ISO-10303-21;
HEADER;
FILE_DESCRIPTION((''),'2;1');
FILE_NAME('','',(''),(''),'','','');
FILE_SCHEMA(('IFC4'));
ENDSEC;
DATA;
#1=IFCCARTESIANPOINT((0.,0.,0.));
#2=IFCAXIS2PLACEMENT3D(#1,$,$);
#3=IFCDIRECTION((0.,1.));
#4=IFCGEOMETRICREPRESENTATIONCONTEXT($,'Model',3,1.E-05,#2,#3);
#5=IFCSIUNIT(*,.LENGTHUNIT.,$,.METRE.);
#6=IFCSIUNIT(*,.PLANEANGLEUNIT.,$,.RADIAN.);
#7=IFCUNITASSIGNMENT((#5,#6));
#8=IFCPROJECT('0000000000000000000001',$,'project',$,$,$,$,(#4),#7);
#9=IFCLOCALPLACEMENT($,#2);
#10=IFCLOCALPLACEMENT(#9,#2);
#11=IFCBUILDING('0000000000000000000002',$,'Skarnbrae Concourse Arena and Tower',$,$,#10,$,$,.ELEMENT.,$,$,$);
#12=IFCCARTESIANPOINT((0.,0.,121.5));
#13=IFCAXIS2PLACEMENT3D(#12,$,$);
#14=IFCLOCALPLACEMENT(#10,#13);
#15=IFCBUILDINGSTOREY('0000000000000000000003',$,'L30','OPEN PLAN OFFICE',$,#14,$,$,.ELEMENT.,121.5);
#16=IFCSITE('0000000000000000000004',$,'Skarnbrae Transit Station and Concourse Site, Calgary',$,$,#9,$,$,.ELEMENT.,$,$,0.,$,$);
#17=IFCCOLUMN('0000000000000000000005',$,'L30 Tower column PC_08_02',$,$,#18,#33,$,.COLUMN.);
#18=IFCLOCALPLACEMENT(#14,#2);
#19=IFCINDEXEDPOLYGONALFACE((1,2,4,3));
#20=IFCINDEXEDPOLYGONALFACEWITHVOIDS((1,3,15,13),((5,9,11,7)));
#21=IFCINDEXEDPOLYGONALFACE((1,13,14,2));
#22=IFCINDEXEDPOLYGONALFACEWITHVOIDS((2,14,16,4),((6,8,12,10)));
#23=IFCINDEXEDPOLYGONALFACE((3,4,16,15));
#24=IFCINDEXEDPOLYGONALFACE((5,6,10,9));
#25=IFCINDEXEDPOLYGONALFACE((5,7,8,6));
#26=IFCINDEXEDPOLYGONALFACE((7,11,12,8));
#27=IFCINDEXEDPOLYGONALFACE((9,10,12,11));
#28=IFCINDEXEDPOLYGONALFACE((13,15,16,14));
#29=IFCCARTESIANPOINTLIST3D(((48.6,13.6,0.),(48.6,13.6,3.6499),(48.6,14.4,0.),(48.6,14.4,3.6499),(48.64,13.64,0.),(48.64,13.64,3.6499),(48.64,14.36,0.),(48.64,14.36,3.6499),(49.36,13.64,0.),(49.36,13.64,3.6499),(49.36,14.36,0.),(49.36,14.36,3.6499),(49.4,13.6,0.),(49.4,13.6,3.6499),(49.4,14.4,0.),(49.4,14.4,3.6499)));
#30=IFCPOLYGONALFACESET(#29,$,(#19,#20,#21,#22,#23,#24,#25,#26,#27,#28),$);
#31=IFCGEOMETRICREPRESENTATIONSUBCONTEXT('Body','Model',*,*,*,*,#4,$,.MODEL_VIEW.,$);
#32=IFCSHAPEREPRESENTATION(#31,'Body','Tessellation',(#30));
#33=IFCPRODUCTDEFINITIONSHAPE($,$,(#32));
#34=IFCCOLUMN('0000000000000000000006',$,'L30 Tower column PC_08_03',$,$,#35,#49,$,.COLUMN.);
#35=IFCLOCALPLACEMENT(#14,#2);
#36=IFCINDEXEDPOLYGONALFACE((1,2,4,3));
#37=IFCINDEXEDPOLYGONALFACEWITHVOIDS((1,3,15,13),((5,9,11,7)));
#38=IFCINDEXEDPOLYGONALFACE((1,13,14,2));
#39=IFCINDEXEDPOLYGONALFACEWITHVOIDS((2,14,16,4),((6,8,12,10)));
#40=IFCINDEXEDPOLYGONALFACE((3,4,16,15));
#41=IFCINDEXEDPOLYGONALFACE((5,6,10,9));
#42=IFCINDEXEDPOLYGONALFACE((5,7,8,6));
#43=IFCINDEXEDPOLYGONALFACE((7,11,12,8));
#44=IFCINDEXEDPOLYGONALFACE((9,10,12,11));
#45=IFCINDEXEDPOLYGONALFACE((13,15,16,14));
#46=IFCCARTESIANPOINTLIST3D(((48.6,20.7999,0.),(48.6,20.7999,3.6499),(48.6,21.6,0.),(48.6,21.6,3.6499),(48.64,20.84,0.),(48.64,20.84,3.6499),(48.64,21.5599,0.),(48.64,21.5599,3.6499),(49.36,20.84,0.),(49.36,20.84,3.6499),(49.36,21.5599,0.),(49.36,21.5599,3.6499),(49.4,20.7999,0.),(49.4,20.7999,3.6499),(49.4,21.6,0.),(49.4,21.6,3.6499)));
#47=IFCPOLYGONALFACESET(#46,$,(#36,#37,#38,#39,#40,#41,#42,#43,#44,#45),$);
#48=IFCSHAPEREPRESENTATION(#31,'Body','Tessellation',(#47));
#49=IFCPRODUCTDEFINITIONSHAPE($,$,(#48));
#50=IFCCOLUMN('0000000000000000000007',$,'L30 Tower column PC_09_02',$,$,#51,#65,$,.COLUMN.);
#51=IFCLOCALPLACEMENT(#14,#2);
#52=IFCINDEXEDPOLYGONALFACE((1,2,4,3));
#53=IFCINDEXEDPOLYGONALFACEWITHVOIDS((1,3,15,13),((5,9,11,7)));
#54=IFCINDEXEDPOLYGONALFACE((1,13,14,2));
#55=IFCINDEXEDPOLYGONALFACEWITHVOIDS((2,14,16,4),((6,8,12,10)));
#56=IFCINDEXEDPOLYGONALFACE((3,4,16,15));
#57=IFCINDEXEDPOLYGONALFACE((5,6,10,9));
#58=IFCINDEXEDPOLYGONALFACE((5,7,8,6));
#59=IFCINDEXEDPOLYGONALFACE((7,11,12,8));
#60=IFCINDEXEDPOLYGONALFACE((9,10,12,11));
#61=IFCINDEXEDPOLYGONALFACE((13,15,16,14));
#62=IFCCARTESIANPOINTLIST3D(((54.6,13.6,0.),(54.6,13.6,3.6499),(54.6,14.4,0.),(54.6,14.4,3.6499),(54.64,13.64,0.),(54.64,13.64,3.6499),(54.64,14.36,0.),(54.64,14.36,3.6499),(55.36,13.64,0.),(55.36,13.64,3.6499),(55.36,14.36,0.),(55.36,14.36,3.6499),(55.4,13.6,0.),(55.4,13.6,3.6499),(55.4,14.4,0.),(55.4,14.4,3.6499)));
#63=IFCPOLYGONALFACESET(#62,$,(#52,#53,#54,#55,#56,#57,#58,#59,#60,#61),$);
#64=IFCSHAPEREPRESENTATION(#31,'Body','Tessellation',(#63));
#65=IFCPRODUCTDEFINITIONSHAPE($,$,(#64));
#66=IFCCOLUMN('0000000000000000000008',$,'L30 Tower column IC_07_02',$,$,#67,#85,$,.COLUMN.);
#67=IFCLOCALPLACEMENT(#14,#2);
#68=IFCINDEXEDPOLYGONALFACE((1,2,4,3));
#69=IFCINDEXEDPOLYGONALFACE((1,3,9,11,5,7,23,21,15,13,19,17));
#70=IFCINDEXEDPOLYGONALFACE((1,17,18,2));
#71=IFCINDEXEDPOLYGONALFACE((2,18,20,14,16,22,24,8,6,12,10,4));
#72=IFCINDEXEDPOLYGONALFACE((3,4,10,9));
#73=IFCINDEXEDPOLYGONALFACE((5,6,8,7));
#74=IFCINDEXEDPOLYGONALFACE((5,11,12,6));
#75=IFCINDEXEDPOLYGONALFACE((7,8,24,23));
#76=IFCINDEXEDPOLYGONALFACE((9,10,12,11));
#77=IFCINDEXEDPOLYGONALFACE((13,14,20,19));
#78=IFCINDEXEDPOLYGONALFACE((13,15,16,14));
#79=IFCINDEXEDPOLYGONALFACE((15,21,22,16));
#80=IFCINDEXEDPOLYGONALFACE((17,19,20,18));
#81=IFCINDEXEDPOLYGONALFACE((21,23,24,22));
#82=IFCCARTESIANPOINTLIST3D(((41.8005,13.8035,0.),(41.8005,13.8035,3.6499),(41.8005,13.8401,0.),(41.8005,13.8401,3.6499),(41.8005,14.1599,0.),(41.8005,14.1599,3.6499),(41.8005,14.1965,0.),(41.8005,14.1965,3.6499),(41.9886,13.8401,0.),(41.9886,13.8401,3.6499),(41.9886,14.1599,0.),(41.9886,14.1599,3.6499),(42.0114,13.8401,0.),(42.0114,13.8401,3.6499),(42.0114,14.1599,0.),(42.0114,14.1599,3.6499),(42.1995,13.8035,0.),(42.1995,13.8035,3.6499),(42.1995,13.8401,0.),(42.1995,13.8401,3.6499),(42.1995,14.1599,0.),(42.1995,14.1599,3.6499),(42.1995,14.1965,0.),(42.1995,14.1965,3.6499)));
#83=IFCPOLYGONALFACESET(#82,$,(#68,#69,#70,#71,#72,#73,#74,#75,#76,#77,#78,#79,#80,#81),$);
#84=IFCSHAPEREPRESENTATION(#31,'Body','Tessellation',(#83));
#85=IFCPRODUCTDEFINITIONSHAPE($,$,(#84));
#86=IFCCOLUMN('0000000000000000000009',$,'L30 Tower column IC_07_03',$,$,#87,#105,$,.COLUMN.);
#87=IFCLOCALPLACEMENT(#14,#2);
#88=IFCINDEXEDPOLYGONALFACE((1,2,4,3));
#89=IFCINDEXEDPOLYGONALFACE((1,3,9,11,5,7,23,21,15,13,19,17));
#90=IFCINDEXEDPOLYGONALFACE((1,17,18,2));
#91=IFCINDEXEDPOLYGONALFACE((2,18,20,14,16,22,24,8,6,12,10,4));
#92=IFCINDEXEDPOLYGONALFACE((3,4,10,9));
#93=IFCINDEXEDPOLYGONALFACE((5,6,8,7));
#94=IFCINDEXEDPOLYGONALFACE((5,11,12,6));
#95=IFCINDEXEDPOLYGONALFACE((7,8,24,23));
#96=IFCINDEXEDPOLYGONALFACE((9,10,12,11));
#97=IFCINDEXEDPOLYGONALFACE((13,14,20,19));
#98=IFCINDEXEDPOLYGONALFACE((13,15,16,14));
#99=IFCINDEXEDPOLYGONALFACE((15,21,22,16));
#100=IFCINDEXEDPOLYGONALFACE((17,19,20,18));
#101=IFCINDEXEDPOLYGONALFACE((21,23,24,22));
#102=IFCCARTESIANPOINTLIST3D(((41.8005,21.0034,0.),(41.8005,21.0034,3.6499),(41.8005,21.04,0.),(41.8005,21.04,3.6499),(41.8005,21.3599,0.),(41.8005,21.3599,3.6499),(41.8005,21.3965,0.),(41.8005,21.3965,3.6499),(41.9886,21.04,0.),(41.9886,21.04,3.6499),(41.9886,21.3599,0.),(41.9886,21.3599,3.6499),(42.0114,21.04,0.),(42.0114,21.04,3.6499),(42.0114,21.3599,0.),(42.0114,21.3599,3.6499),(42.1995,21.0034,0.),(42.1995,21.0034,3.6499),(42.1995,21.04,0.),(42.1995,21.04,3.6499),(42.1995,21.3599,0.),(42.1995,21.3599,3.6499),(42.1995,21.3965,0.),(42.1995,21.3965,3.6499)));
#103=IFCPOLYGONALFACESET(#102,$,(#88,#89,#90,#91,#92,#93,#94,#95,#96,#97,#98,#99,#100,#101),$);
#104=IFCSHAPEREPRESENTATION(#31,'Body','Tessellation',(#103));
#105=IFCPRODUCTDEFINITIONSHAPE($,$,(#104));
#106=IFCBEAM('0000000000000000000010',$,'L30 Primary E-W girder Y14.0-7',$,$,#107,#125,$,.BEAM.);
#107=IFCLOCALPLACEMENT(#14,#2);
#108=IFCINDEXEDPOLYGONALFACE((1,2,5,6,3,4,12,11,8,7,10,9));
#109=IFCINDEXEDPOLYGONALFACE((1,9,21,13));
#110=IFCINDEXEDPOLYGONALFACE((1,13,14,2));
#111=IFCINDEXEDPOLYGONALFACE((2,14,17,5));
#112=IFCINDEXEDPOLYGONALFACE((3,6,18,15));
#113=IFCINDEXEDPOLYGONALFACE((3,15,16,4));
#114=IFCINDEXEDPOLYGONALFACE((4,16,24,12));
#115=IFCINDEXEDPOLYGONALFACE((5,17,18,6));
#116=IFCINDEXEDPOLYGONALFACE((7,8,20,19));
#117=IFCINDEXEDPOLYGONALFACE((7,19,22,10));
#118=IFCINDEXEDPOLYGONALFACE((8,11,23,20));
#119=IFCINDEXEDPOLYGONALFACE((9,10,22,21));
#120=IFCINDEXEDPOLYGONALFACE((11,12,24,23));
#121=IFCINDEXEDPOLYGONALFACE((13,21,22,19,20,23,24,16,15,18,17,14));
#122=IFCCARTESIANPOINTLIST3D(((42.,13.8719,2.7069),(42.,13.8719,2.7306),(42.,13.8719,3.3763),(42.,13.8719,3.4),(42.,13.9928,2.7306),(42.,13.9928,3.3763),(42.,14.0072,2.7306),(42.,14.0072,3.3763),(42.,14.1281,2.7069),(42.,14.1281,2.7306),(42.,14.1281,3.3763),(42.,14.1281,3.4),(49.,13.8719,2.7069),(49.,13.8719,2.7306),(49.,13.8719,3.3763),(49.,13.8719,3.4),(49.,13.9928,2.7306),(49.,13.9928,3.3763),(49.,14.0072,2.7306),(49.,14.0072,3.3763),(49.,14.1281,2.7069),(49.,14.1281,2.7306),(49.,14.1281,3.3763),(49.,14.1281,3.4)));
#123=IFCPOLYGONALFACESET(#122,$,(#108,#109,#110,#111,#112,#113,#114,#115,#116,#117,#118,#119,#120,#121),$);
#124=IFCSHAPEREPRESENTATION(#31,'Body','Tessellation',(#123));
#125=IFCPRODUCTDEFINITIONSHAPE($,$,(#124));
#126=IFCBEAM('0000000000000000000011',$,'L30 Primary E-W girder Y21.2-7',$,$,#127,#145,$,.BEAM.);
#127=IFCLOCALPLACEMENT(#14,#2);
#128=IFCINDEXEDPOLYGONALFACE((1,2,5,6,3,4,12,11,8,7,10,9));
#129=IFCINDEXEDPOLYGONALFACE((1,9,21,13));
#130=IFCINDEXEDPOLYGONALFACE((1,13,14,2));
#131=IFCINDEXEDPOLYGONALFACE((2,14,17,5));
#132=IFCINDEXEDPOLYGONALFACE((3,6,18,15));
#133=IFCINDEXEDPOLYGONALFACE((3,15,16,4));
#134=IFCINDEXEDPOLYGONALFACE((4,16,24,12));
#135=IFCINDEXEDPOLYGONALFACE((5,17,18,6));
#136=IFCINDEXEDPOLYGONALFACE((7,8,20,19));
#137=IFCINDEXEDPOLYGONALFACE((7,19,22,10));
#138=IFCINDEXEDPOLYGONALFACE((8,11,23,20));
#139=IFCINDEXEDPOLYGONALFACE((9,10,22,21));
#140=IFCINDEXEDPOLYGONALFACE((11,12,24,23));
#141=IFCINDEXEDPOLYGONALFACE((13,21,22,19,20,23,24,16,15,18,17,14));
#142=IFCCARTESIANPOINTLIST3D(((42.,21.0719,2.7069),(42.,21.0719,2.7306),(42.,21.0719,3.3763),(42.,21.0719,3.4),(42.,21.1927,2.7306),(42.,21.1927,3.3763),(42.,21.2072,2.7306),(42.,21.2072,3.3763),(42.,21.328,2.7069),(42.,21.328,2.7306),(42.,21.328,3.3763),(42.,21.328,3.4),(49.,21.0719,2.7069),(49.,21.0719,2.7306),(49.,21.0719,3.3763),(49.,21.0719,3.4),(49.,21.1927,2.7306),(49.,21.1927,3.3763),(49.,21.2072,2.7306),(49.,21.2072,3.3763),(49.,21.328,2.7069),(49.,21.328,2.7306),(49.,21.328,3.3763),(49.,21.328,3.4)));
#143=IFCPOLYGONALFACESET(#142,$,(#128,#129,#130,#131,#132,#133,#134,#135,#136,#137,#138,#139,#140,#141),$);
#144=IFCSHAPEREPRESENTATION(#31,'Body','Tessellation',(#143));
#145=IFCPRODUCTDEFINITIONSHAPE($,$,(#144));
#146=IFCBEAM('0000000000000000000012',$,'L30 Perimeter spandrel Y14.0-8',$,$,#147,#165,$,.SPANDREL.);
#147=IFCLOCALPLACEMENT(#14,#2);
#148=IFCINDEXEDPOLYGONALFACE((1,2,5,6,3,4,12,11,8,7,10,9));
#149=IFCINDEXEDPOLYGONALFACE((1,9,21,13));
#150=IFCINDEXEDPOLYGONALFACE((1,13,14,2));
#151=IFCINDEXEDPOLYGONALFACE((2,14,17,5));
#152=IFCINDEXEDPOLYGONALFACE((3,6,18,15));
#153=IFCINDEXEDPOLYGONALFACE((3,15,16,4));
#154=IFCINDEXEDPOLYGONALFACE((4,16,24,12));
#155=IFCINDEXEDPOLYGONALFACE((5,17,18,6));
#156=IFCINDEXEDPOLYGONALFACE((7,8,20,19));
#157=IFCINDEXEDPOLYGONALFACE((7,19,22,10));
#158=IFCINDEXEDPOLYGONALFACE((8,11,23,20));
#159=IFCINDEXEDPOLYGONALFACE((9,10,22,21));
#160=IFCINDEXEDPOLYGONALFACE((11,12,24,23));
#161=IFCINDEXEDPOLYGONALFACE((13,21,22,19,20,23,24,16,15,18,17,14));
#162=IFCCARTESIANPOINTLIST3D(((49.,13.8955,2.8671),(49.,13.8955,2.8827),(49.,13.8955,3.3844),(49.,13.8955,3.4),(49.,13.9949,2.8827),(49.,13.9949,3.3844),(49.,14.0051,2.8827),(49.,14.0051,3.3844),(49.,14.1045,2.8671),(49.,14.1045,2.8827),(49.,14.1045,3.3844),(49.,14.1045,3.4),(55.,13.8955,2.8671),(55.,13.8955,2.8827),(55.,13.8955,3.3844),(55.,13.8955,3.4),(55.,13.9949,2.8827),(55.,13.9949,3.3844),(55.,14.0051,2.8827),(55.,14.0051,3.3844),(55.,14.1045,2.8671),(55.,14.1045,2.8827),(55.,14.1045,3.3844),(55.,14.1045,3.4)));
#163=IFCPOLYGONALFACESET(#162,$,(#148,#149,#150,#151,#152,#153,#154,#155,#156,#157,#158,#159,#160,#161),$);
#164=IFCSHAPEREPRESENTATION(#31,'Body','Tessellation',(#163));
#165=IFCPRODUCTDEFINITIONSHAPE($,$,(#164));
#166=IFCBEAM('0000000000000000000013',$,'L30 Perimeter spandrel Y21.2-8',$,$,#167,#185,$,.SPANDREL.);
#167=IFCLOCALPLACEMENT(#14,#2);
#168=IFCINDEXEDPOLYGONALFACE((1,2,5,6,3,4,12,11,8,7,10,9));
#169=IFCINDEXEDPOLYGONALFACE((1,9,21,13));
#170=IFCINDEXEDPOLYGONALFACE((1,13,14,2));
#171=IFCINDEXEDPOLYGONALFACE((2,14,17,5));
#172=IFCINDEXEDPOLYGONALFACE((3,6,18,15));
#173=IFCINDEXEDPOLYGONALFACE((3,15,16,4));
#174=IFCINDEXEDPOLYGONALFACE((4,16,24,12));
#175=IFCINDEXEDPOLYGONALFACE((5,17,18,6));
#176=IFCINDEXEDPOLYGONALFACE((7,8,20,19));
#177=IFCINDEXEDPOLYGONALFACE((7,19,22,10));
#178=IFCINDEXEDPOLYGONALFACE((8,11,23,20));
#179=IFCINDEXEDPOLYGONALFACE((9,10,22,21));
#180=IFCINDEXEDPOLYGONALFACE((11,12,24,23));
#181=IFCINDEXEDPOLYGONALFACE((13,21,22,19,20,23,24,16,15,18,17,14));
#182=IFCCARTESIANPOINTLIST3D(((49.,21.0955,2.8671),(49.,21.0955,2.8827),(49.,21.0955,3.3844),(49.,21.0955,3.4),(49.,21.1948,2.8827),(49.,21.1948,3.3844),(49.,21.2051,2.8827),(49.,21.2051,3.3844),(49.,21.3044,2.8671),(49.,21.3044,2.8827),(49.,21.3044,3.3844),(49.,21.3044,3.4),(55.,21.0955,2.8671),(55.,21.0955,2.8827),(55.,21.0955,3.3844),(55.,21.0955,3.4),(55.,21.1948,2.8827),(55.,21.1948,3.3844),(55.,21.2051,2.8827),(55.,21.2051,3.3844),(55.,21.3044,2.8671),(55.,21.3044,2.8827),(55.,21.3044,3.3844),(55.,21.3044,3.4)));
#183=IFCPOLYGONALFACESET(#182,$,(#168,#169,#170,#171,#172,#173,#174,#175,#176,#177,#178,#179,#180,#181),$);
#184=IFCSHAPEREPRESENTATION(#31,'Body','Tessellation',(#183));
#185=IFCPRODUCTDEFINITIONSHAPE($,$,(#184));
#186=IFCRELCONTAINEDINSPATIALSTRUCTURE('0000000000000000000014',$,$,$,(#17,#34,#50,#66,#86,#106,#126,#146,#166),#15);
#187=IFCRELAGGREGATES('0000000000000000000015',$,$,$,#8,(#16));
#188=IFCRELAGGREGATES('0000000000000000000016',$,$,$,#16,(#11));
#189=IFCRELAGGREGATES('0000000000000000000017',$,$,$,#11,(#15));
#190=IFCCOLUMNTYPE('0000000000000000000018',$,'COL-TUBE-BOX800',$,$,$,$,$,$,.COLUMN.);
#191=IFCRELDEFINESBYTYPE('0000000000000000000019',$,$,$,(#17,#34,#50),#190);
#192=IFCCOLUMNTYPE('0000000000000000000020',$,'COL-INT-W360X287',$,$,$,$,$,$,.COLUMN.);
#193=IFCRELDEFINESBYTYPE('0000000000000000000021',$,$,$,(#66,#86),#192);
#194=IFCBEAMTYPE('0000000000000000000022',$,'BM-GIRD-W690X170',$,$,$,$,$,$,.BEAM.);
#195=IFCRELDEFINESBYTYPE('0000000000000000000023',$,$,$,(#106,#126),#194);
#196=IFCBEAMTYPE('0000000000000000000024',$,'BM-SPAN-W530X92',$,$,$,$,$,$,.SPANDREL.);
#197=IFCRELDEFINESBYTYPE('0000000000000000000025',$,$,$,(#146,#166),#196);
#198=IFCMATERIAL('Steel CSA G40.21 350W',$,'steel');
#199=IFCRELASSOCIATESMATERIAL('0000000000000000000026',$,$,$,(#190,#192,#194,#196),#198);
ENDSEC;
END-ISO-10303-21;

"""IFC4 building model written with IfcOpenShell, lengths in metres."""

from ifc_helpers import new_model, si_unit, direction, frame, origin, origin_2d, place, context, subcontext, project, spatial, hollow_rectangle, i_section, extrude, source, transform, mapped, material, material_profile, profile_set, type_object, element, save


model = new_model("IFC4")

# Units and contexts
model_context = context("Model", 3, precision=1e-05, world=origin(), true_north=direction((0.0, 1.0)))
body_context = subcontext(model_context, "Body", "Model", "MODEL_VIEW")
ifc_project = project(units=[si_unit("LENGTHUNIT", "METRE"), si_unit("PLANEANGLEUNIT", "RADIAN")], contexts=[model_context])

# Site, building, storey
site_placement = place(None, origin())
site = spatial("IfcSite", under=ifc_project, at=site_placement, Name="Skarnbrae Transit Station and Concourse Site, Calgary", CompositionType="ELEMENT", RefElevation=0.0)
building_placement = place(site_placement, origin())
building = spatial("IfcBuilding", under=site, at=building_placement, Name="Skarnbrae Concourse Arena and Tower", CompositionType="ELEMENT")
storey_placement = place(building_placement, frame((0.0, 0.0, 121.5)))
storey = spatial("IfcBuildingStorey", under=building, at=storey_placement, Name="L30", Description="OPEN PLAN OFFICE", CompositionType="ELEMENT", Elevation=121.5)

# Columns
ifc_material_1 = material(Name="Steel CSA G40.21 350W", Category="steel")
ifc_material_profile_1 = material_profile(ifc_material_1, hollow_rectangle(XDim=0.8, YDim=0.8, WallThickness=0.04, at=origin_2d()), Name="BOX800X800X40")
ifc_profile_set_1 = profile_set([ifc_material_profile_1], Name="Steel CSA G40.21 350W")
column_type_1 = type_object("IfcColumnType", Name="COL-TUBE-BOX800", PredefinedType="COLUMN", material=ifc_profile_set_1)
shared_shape_1 = source(origin(), body_context, "Body", "SweptSolid", [
    extrude(hollow_rectangle(XDim=0.8, YDim=0.8, WallThickness=0.04, at=origin_2d()), origin(), (0.0, 0.0, 1.0), 3.6499),
])
for number, where, z_axis, x_axis, name in (
    (1, (49.0, 14.0, 0.0), (0.0, 0.0, 1.0), (1.0, 0.0, 0.0), "L30 Tower column PC_08_02"),
    (2, (49.0, 21.2, 0.0), (0.0, 0.0, 1.0), (1.0, 0.0, 0.0), "L30 Tower column PC_08_03"),
    (3, (55.0, 14.0, 0.0), (0.0, 0.0, 1.0), (1.0, 0.0, 0.0), "L30 Tower column PC_09_02"),
):
    element("IfcColumn", number, at=place(storey_placement, frame(where, z_axis=z_axis, x_axis=x_axis)), inside=storey, type_object=column_type_1, Name=name, PredefinedType="COLUMN", context=body_context, shape_type="MappedRepresentation", body=[
        mapped(shared_shape_1, transform((0.0, 0.0, 0.0))),
    ])
ifc_material_profile_2 = material_profile(ifc_material_1, i_section(OverallWidth=0.3989, OverallDepth=0.3931, WebThickness=0.0227, FlangeThickness=0.0366, at=origin_2d()), Name="W360X287")
ifc_profile_set_2 = profile_set([ifc_material_profile_2], Name="Steel CSA G40.21 350W")
column_type_2 = type_object("IfcColumnType", Name="COL-INT-W360X287", PredefinedType="COLUMN", material=ifc_profile_set_2)
shared_shape_2 = source(origin(), body_context, "Body", "SweptSolid", [
    extrude(i_section(OverallWidth=0.3989, OverallDepth=0.3931, WebThickness=0.0227, FlangeThickness=0.0366, at=origin_2d()), origin(), (0.0, 0.0, 1.0), 3.6499),
])
for number, where, z_axis, x_axis, name in (
    (4, (42.0, 14.0, 0.0), (0.0, 0.0, 1.0), (1.0, 0.0, 0.0), "L30 Tower column IC_07_02"),
    (5, (42.0, 21.2, 0.0), (0.0, 0.0, 1.0), (1.0, 0.0, 0.0), "L30 Tower column IC_07_03"),
):
    element("IfcColumn", number, at=place(storey_placement, frame(where, z_axis=z_axis, x_axis=x_axis)), inside=storey, type_object=column_type_2, Name=name, PredefinedType="COLUMN", context=body_context, shape_type="MappedRepresentation", body=[
        mapped(shared_shape_2, transform((0.0, 0.0, 0.0))),
    ])

# Beams
ifc_material_profile_3 = material_profile(ifc_material_1, i_section(OverallWidth=0.2561, OverallDepth=0.6931, WebThickness=0.0144, FlangeThickness=0.0237, at=origin_2d()), Name="W690X170")
ifc_profile_set_3 = profile_set([ifc_material_profile_3], Name="Steel CSA G40.21 350W")
beam_type_1 = type_object("IfcBeamType", Name="BM-GIRD-W690X170", PredefinedType="BEAM", material=ifc_profile_set_3)
shared_shape_3 = source(origin(), body_context, "Body", "SweptSolid", [
    extrude(i_section(OverallWidth=0.2561, OverallDepth=0.6931, WebThickness=0.0144, FlangeThickness=0.0237, at=origin_2d()), origin(), (0.0, 0.0, 1.0), 7.0),
])
for number, where, z_axis, x_axis, name in (
    (6, (42.0, 14.0, 3.0535), (1.0, 0.0, 0.0), (0.0, 1.0, 0.0), "L30 Primary E-W girder Y14.0-7"),
    (7, (42.0, 21.2, 3.0535), (1.0, 0.0, 0.0), (0.0, 1.0, 0.0), "L30 Primary E-W girder Y21.2-7"),
):
    element("IfcBeam", number, at=place(storey_placement, frame(where, z_axis=z_axis, x_axis=x_axis)), inside=storey, type_object=beam_type_1, Name=name, PredefinedType="BEAM", context=body_context, shape_type="MappedRepresentation", body=[
        mapped(shared_shape_3, transform((0.0, 0.0, 0.0))),
    ])
ifc_material_profile_4 = material_profile(ifc_material_1, i_section(OverallWidth=0.209, OverallDepth=0.533, WebThickness=0.0103, FlangeThickness=0.0156, at=origin_2d()), Name="W530X92")
ifc_profile_set_4 = profile_set([ifc_material_profile_4], Name="Steel CSA G40.21 350W")
beam_type_2 = type_object("IfcBeamType", Name="BM-SPAN-W530X92", PredefinedType="SPANDREL", material=ifc_profile_set_4)
shared_shape_4 = source(origin(), body_context, "Body", "SweptSolid", [
    extrude(i_section(OverallWidth=0.209, OverallDepth=0.533, WebThickness=0.0103, FlangeThickness=0.0156, at=origin_2d()), origin(), (0.0, 0.0, 1.0), 6.0),
])
for number, where, z_axis, x_axis, name in (
    (8, (49.0, 14.0, 3.1335), (1.0, 0.0, 0.0), (0.0, 1.0, 0.0), "L30 Perimeter spandrel Y14.0-8"),
    (9, (49.0, 21.2, 3.1335), (1.0, 0.0, 0.0), (0.0, 1.0, 0.0), "L30 Perimeter spandrel Y21.2-8"),
):
    element("IfcBeam", number, at=place(storey_placement, frame(where, z_axis=z_axis, x_axis=x_axis)), inside=storey, type_object=beam_type_2, Name=name, PredefinedType="SPANDREL", context=body_context, shape_type="MappedRepresentation", body=[
        mapped(shared_shape_4, transform((0.0, 0.0, 0.0))),
    ])

save(model, "model.ifc")
